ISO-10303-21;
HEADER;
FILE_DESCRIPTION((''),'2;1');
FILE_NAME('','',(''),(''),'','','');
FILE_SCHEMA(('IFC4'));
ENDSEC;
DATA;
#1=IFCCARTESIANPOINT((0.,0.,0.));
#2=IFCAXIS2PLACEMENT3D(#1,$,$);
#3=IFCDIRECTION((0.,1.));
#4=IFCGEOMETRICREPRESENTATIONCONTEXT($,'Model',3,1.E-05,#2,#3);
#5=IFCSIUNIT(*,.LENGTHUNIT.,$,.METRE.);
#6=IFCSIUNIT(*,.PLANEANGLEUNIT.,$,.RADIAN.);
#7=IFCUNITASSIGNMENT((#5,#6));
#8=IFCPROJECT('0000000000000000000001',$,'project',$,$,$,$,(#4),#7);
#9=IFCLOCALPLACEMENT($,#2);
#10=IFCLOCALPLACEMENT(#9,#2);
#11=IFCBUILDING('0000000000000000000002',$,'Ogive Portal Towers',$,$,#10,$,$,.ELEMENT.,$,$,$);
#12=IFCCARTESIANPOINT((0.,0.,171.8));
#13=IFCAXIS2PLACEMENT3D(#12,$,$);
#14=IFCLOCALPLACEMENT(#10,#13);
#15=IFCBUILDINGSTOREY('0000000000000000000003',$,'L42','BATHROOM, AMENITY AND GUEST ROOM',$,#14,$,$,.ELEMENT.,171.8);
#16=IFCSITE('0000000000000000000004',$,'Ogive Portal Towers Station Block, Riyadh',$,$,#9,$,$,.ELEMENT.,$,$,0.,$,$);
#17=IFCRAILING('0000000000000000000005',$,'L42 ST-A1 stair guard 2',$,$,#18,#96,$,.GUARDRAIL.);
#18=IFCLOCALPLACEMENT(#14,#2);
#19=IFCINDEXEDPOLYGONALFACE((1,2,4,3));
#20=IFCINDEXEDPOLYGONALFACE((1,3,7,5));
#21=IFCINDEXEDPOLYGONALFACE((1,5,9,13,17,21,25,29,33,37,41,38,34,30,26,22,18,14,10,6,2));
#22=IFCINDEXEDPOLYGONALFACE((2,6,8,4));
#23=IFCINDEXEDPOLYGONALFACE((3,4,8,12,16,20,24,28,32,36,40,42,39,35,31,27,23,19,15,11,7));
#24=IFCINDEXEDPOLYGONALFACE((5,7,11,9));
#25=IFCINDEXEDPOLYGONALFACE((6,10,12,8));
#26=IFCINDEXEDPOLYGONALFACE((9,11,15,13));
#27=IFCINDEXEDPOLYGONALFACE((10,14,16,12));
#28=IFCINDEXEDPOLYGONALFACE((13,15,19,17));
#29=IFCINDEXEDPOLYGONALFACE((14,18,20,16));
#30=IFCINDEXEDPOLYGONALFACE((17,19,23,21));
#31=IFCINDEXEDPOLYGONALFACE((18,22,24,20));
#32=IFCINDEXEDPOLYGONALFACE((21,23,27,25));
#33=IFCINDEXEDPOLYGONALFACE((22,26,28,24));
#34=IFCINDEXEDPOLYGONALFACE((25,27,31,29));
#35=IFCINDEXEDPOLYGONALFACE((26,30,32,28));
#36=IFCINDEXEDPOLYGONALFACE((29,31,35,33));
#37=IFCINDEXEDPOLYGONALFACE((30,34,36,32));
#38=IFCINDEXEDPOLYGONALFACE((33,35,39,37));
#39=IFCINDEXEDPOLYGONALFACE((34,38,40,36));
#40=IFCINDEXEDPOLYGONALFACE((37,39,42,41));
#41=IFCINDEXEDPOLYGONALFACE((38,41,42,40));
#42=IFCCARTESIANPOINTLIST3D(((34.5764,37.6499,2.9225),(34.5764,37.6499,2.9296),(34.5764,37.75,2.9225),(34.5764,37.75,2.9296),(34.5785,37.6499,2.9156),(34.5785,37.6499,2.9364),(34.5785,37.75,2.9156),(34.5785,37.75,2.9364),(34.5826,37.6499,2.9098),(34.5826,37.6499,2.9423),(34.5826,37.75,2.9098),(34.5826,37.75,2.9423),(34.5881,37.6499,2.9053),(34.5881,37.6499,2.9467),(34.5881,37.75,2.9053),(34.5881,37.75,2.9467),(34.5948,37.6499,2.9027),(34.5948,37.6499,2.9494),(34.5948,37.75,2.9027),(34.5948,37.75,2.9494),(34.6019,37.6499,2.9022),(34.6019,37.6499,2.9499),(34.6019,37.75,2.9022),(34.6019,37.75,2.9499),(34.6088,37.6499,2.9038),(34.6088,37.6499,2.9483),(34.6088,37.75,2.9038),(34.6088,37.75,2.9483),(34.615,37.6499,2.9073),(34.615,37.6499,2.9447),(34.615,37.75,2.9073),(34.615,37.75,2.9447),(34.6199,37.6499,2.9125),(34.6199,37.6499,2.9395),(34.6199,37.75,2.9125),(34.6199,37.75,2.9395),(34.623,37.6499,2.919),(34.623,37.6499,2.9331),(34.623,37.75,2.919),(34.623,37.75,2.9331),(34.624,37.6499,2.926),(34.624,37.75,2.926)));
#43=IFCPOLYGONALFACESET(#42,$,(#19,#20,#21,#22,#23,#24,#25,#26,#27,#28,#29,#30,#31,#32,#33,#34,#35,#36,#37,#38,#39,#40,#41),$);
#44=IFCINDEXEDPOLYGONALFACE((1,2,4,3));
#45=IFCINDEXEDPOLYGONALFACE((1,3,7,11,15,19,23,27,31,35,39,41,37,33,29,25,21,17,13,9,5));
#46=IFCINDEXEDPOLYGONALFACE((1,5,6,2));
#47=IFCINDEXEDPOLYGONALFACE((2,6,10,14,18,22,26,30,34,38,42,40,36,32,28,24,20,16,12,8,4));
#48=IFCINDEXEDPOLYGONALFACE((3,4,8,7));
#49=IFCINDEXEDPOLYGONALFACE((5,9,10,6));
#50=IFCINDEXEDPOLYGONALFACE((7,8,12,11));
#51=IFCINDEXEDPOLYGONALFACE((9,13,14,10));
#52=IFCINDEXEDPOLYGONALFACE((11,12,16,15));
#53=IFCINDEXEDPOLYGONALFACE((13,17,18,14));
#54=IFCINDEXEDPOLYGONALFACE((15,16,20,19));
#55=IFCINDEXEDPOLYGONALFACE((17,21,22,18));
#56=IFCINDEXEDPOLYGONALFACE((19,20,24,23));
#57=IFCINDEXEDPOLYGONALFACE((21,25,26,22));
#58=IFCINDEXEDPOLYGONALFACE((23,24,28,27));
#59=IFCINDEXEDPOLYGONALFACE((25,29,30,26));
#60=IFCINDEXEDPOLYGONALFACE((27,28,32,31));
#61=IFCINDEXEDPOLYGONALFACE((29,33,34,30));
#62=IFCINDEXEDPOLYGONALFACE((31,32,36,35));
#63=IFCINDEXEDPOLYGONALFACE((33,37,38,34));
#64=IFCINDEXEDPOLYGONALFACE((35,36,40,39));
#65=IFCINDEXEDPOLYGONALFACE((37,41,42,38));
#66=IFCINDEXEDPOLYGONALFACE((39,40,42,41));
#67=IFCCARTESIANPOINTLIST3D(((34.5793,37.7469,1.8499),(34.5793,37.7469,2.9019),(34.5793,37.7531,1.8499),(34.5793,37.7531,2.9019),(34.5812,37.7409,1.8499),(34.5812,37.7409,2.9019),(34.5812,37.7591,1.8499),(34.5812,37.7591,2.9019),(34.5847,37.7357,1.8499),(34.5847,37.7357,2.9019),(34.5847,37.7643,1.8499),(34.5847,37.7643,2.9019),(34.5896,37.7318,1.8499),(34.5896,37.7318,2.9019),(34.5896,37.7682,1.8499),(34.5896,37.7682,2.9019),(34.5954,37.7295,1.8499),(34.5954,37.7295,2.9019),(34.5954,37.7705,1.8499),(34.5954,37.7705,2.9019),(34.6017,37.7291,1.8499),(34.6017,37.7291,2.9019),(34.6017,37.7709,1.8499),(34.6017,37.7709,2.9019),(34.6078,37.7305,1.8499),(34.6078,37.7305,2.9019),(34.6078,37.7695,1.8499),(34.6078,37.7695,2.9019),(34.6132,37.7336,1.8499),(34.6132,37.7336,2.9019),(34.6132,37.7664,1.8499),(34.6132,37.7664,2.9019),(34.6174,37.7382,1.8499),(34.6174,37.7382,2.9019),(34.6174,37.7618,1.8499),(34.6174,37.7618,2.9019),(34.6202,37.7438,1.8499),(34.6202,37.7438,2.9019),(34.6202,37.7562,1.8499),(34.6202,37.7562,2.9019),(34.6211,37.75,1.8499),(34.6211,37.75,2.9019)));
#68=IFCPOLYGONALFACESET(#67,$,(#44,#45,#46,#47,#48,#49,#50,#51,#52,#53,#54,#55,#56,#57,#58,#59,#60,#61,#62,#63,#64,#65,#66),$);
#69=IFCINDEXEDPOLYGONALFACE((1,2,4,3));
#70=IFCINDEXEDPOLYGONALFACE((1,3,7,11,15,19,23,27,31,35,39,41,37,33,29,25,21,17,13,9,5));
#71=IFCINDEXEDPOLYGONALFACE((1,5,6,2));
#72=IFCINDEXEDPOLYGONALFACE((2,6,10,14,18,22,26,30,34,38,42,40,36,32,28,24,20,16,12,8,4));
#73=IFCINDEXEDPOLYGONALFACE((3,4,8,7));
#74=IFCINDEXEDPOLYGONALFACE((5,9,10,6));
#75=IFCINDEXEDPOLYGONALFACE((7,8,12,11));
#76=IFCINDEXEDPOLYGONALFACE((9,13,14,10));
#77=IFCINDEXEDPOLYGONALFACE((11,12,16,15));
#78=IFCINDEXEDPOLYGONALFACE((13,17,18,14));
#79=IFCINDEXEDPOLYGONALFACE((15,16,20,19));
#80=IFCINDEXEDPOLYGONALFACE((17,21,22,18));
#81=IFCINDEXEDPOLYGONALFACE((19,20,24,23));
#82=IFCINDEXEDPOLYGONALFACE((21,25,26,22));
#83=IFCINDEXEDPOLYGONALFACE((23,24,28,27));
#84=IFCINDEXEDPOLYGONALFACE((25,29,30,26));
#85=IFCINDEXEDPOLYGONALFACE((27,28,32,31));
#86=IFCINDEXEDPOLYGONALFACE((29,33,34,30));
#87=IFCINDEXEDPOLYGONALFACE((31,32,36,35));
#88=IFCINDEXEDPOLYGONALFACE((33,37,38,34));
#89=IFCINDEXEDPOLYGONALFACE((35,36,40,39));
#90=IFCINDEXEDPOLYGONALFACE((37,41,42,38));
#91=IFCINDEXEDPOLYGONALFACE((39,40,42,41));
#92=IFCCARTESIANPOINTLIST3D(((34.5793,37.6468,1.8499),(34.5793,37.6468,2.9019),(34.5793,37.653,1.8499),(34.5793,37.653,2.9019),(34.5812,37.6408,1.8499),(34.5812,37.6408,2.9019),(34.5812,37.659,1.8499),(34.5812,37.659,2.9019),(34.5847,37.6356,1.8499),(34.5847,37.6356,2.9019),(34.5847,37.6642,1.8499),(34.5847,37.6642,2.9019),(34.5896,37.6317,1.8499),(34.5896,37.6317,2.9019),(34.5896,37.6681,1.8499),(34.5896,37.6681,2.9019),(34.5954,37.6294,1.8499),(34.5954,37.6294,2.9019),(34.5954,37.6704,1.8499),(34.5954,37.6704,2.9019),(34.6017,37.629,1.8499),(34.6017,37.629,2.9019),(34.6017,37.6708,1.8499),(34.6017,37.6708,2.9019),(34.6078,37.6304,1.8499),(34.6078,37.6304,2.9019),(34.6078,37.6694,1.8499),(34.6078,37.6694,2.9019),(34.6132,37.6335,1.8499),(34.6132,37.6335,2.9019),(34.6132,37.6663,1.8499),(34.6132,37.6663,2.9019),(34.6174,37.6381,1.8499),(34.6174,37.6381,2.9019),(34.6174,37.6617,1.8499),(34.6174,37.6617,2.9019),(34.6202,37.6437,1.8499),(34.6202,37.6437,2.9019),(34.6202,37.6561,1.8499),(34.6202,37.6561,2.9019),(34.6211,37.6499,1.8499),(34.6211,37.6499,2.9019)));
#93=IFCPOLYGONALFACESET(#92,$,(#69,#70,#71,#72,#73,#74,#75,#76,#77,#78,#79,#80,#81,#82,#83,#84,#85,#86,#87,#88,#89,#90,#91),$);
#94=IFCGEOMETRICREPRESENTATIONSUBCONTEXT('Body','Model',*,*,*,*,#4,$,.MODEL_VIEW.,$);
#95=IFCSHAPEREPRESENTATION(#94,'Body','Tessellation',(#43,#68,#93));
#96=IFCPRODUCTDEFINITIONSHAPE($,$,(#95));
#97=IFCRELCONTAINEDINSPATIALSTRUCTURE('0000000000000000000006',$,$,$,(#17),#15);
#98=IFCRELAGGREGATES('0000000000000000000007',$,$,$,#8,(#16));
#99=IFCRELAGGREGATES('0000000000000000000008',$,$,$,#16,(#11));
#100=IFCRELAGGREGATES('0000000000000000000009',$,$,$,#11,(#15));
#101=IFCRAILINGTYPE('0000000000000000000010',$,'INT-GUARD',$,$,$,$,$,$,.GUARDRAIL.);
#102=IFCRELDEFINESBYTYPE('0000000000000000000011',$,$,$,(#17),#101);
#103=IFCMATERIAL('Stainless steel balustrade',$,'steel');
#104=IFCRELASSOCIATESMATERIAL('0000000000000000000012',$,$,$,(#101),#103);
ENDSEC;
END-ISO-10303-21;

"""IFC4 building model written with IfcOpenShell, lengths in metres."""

from ifc_helpers import new_model, si_unit, direction, frame, origin, origin_2d, place, context, subcontext, project, spatial, circle, extrude, material, type_object, element, save


model = new_model("IFC4")

# Units and contexts
model_context = context("Model", 3, precision=1e-05, world=origin(), true_north=direction((0.0, 1.0)))
body_context = subcontext(model_context, "Body", "Model", "MODEL_VIEW")
ifc_project = project(units=[si_unit("LENGTHUNIT", "METRE"), si_unit("PLANEANGLEUNIT", "RADIAN")], contexts=[model_context])

# Site, building, storey
site_placement = place(None, origin())
site = spatial("IfcSite", under=ifc_project, at=site_placement, Name="Ogive Portal Towers Station Block, Riyadh", CompositionType="ELEMENT", RefElevation=0.0)
building_placement = place(site_placement, origin())
building = spatial("IfcBuilding", under=site, at=building_placement, Name="Ogive Portal Towers", CompositionType="ELEMENT")
storey_placement = place(building_placement, frame((0.0, 0.0, 171.8)))
storey = spatial("IfcBuildingStorey", under=building, at=storey_placement, Name="L42", Description="BATHROOM, AMENITY AND GUEST ROOM", CompositionType="ELEMENT", Elevation=171.8)

# Railing
ifc_material_1 = material(Name="Stainless steel balustrade", Category="steel")
railing_type_1 = type_object("IfcRailingType", Name="INT-GUARD", PredefinedType="GUARDRAIL", material=ifc_material_1)
railing_1_placement = place(storey_placement, frame((34.6001, 37.75, 1.8499)))
element("IfcRailing", 1, at=railing_1_placement, inside=storey, type_object=railing_type_1, Name="L42 ST-A1 stair guard 2", PredefinedType="GUARDRAIL", context=body_context, shape_type="SweptSolid", body=[
    extrude(circle(Radius=0.0239, at=origin_2d()), frame((0.0, 0.0, 1.0762), z_axis=(0.0, -1.0, 0.0), x_axis=(1.0, 0.0, 0.0)), (0.0, 0.0, 1.0), 0.1001),
    extrude(circle(Radius=0.021, at=origin_2d()), origin(), (0.0, 0.0, 1.0), 1.052),
    extrude(circle(Radius=0.021, at=origin_2d()), frame((0.0, -0.1001, 0.0)), (0.0, 0.0, 1.0), 1.052),
])

save(model, "model.ifc")
